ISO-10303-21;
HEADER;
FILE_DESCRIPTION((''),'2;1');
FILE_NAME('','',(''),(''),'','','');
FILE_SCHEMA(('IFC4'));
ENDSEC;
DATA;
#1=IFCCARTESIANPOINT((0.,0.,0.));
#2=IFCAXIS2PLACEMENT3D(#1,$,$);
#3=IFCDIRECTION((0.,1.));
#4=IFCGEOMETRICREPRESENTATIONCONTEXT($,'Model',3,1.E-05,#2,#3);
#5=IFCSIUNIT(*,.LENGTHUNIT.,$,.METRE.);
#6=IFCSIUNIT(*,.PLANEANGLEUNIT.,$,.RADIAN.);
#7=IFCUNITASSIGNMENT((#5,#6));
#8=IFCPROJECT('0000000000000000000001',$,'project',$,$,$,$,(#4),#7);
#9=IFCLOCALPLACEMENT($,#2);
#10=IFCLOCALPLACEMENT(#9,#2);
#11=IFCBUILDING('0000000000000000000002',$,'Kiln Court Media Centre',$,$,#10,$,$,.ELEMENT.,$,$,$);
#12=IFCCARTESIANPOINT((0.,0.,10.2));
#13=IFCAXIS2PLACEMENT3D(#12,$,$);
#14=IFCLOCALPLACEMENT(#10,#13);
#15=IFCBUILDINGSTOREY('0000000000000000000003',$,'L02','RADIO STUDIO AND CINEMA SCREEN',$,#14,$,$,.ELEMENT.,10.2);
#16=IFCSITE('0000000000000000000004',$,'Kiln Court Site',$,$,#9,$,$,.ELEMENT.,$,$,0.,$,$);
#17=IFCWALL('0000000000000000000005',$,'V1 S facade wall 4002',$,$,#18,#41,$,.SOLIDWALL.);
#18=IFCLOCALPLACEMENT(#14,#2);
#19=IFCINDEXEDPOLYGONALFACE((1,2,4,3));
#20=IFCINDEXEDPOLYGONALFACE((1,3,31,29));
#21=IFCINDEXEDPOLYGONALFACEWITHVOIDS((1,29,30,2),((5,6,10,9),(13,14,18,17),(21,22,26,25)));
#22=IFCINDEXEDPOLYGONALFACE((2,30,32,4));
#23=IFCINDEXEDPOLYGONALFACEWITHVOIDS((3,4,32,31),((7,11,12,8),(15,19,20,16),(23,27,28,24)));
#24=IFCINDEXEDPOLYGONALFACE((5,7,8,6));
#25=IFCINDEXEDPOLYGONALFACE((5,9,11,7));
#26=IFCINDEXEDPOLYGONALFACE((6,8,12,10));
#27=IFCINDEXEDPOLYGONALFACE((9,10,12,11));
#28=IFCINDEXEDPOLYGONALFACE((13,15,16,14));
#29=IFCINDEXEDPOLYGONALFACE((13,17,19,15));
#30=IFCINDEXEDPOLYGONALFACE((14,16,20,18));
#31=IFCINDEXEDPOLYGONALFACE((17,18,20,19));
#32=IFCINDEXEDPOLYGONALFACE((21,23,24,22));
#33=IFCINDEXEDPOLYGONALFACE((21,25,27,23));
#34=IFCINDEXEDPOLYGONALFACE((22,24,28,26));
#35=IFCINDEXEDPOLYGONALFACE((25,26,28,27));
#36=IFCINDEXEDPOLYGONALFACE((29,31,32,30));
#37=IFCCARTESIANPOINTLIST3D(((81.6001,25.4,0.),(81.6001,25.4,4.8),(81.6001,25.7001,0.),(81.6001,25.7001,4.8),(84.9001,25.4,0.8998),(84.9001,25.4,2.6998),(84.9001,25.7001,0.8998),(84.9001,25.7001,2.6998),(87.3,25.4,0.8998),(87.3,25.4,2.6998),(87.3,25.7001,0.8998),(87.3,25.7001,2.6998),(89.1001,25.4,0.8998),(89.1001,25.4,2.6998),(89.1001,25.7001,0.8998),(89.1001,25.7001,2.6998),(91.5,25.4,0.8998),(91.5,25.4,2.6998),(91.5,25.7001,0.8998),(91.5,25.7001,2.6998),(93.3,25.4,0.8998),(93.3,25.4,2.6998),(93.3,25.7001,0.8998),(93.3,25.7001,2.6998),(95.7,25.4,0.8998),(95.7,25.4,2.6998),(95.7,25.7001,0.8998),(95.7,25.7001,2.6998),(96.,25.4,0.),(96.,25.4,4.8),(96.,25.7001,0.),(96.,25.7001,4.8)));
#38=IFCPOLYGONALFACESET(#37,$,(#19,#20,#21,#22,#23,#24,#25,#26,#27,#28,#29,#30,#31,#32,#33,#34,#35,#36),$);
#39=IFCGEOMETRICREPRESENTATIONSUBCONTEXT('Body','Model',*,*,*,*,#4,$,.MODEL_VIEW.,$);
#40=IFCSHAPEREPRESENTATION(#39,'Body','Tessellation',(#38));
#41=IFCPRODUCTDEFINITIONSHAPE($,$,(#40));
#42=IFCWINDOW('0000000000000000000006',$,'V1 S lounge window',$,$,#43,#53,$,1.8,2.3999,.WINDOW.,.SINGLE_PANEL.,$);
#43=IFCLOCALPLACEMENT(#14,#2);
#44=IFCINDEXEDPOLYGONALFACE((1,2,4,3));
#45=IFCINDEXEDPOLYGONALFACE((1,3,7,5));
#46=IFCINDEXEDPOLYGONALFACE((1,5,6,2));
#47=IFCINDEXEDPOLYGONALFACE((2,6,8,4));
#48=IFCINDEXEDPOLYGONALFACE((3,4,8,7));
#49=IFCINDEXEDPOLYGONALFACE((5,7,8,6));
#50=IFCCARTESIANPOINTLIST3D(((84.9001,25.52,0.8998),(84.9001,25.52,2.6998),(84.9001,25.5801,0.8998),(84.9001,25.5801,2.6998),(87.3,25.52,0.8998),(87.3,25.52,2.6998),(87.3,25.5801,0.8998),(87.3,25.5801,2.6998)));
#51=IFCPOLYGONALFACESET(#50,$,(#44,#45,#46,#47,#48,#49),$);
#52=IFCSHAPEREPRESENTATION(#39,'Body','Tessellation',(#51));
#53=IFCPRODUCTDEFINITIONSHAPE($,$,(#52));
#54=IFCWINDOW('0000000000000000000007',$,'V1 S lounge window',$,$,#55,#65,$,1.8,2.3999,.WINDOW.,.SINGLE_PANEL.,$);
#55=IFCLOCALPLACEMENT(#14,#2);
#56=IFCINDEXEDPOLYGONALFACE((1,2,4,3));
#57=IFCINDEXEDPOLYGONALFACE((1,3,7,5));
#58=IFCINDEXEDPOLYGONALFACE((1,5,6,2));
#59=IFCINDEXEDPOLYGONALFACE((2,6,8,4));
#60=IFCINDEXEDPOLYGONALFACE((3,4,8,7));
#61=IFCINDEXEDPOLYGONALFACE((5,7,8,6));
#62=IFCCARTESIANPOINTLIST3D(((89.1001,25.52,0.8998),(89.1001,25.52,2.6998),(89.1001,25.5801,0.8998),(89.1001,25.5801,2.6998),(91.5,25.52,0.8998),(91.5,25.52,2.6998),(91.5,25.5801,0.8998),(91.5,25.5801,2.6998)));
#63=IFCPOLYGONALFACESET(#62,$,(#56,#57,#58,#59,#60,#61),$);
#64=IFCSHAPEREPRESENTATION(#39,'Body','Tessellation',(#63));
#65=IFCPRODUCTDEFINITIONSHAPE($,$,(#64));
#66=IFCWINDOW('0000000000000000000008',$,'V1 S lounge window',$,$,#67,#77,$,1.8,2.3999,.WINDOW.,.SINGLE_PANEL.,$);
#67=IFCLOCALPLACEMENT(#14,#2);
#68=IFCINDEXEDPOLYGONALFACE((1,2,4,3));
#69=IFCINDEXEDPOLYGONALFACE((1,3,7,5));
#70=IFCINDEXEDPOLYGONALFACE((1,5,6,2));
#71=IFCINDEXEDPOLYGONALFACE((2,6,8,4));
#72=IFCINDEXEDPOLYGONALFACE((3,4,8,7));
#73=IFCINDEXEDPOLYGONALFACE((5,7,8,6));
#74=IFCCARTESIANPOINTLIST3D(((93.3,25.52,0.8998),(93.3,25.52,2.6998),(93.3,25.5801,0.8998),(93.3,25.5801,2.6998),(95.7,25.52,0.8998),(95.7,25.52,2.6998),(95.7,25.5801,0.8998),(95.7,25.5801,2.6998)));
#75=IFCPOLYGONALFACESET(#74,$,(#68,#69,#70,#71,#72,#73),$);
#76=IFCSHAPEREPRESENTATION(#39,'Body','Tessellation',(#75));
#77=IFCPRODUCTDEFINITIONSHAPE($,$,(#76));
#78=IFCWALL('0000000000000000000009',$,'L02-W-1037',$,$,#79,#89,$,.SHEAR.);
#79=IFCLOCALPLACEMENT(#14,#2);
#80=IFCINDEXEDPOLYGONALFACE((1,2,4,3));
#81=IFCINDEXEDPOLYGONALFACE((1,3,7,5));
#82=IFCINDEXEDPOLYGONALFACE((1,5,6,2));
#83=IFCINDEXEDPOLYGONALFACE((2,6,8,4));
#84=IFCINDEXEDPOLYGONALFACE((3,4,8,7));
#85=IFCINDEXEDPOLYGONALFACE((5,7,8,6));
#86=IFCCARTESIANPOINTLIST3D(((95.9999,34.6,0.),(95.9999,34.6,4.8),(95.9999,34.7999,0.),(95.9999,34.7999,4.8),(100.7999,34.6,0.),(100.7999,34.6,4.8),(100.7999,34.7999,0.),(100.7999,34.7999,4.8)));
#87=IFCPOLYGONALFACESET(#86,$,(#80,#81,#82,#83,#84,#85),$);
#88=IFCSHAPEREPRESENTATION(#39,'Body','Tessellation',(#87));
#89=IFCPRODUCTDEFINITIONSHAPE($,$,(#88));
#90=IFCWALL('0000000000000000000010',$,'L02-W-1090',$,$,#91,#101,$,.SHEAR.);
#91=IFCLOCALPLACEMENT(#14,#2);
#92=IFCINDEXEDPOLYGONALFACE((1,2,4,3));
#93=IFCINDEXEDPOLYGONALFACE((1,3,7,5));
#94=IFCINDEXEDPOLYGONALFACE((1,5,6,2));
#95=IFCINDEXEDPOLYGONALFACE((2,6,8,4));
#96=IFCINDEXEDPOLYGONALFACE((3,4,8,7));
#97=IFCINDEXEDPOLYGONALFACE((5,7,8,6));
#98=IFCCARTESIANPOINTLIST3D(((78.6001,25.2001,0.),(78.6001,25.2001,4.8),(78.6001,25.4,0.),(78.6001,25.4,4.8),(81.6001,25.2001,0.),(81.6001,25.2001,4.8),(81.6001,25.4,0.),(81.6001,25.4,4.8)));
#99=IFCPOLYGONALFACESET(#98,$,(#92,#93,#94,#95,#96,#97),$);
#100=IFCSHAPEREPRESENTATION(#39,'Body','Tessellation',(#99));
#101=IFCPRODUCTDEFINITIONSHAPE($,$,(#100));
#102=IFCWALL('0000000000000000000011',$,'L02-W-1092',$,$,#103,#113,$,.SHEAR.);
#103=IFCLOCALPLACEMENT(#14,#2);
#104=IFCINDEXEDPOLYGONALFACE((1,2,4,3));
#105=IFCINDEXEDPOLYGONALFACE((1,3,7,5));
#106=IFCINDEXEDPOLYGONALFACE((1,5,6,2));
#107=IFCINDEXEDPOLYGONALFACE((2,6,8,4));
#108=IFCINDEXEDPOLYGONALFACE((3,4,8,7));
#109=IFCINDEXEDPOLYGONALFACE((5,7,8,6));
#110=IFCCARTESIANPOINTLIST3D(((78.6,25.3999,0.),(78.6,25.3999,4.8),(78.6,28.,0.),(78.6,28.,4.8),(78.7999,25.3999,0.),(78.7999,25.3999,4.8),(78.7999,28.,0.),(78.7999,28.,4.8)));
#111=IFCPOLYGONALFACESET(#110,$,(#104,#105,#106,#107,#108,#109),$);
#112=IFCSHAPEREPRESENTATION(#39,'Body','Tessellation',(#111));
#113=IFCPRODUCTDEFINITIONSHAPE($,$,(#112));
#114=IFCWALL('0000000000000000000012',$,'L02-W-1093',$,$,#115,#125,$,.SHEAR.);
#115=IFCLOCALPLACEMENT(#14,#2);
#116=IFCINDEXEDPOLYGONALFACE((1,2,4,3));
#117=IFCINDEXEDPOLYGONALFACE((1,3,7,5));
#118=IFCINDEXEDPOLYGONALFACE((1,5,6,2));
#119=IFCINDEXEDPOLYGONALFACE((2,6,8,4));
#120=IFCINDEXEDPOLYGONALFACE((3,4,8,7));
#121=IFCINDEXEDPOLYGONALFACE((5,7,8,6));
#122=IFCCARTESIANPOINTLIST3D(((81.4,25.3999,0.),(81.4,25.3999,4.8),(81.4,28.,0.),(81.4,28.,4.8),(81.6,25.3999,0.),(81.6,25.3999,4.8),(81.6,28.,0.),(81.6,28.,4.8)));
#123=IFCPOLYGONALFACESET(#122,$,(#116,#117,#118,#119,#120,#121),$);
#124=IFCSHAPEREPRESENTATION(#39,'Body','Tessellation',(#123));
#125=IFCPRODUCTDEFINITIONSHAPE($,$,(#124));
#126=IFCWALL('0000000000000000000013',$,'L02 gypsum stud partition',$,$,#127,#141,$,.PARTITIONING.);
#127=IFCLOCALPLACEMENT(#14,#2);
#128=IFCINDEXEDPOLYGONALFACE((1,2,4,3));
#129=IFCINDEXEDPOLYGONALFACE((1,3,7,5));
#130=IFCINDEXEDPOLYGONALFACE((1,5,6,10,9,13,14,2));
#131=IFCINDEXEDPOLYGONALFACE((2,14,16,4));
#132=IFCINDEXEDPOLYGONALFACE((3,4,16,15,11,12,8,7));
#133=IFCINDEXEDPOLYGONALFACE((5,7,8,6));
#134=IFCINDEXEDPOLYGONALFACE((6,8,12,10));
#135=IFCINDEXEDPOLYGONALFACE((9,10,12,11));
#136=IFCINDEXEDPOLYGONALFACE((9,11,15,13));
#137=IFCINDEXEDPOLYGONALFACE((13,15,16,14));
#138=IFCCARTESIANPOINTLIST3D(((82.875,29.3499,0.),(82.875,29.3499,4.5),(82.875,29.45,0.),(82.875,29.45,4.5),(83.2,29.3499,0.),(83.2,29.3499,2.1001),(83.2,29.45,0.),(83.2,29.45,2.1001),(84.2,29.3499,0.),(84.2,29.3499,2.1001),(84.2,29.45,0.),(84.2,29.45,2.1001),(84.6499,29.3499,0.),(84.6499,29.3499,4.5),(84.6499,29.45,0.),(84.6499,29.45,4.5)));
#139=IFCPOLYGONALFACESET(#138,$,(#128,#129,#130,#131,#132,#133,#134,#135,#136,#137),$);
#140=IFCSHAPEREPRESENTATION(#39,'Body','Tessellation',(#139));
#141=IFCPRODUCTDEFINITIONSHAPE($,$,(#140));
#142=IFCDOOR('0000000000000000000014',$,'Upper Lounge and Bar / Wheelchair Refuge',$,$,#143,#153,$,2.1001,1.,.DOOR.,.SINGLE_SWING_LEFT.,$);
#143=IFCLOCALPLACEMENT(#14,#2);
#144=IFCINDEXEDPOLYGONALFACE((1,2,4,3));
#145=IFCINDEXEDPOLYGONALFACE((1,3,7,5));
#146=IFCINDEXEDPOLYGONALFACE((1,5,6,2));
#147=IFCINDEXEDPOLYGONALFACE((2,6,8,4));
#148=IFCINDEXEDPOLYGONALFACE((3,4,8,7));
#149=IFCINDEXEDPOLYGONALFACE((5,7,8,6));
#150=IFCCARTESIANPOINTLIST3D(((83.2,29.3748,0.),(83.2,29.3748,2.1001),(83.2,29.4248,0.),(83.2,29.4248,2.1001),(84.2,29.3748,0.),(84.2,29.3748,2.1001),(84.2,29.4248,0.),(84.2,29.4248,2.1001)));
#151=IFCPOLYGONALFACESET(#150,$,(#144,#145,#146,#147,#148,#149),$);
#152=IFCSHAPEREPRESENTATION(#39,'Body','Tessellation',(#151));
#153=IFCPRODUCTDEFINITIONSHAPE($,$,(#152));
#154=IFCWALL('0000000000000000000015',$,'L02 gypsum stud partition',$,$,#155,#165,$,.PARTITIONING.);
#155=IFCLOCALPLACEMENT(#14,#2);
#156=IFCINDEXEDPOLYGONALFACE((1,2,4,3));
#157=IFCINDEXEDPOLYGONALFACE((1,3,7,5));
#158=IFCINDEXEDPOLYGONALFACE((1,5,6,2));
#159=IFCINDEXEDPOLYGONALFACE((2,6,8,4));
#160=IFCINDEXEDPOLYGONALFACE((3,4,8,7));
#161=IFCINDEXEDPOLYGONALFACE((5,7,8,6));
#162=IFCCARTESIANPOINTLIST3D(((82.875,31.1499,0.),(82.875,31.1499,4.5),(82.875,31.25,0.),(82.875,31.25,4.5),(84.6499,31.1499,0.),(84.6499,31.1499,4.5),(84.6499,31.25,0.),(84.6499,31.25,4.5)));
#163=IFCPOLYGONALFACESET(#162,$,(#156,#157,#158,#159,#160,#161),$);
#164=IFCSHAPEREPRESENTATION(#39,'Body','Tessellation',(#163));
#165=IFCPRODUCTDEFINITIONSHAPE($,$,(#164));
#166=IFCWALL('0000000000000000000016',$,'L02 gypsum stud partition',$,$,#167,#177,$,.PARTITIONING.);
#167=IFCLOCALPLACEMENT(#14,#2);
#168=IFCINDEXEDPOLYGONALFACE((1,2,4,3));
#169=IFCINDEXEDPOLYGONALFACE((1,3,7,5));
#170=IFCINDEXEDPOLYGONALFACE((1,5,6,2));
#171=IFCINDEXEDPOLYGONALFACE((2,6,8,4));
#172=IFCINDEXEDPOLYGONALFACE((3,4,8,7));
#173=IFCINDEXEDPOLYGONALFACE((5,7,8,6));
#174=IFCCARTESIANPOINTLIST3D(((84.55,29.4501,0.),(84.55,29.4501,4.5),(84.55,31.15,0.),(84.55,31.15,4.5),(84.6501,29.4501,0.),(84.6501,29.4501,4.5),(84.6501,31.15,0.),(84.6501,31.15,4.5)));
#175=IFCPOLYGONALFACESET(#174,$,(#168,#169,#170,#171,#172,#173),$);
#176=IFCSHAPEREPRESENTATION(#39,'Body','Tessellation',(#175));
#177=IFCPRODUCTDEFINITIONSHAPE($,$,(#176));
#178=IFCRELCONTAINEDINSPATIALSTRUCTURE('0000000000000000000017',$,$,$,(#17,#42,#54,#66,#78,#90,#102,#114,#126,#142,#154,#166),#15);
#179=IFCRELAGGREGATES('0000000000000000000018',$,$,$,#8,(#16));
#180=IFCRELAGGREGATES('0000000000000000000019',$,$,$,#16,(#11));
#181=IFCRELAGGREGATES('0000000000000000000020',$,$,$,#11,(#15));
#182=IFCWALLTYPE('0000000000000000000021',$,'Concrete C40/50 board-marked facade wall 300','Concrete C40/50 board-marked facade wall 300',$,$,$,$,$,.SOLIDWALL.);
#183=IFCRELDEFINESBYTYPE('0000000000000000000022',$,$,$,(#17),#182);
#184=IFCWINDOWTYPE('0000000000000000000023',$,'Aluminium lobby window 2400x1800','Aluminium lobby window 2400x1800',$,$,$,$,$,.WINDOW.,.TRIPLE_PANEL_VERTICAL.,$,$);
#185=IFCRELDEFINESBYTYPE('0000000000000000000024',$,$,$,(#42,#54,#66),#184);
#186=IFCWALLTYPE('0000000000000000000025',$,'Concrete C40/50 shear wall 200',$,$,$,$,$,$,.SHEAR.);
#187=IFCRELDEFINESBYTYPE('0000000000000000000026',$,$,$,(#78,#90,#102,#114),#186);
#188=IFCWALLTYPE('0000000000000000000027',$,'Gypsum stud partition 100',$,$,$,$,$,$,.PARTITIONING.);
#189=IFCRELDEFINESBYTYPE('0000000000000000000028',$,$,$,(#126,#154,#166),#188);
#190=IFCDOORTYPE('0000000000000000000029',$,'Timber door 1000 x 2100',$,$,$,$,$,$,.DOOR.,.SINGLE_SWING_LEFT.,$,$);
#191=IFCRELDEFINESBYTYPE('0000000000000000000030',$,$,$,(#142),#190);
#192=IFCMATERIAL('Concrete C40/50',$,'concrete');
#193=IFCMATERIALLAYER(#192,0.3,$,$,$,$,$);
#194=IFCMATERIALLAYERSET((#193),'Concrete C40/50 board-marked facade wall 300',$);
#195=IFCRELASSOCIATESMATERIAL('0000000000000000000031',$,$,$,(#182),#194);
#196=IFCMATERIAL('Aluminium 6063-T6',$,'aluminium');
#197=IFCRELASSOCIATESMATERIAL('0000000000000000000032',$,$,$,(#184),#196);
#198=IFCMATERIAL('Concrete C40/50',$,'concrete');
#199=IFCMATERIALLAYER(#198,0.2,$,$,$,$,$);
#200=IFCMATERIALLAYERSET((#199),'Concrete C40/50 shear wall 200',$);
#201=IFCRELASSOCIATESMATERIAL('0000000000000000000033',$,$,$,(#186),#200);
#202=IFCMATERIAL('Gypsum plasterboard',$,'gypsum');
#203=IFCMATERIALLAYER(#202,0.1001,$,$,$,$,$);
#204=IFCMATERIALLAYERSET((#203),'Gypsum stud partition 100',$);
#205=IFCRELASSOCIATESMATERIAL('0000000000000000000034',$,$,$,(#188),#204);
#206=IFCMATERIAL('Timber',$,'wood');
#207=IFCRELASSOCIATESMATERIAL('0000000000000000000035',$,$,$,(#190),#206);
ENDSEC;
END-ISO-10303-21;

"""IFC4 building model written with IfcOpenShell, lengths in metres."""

from ifc_helpers import new_model, si_unit, direction, frame, frame_2d, origin, place, context, subcontext, project, spatial, rectangle, extrude, material, layer, layer_set, type_object, element, fill, save


model = new_model("IFC4")

# Units and contexts
model_context = context("Model", 3, precision=1e-05, world=origin(), true_north=direction((0.0, 1.0)))
body_context = subcontext(model_context, "Body", "Model", "MODEL_VIEW")
ifc_project = project(units=[si_unit("LENGTHUNIT", "METRE"), si_unit("PLANEANGLEUNIT", "RADIAN")], contexts=[model_context])

# Site, building, storey
site_placement = place(None, origin())
site = spatial("IfcSite", under=ifc_project, at=site_placement, Name="Kiln Court Site", CompositionType="ELEMENT", RefElevation=0.0)
building_placement = place(site_placement, origin())
building = spatial("IfcBuilding", under=site, at=building_placement, Name="Kiln Court Media Centre", CompositionType="ELEMENT")
storey_placement = place(building_placement, frame((0.0, 0.0, 10.2)))
storey = spatial("IfcBuildingStorey", under=building, at=storey_placement, Name="L02", Description="RADIO STUDIO AND CINEMA SCREEN", CompositionType="ELEMENT", Elevation=10.2)

# Wall, openings, windows
ifc_material_1 = material(Name="Concrete C40/50", Category="concrete")
ifc_layer_1 = layer(ifc_material_1, 0.3)
ifc_layer_set_1 = layer_set([ifc_layer_1], Name="Concrete C40/50 board-marked facade wall 300")
wall_type_1 = type_object("IfcWallType", Name="Concrete C40/50 board-marked facade wall 300", Description="Concrete C40/50 board-marked facade wall 300", PredefinedType="SOLIDWALL", material=ifc_layer_set_1)
wall_1_placement = place(storey_placement, frame((96.0, 25.55, 0.0), z_axis=(0.0, 0.0, 1.0), x_axis=(-1.0, 0.0, 0.0)))
wall_1 = element("IfcWall", 1, at=wall_1_placement, inside=storey, type_object=wall_type_1, Name="V1 S facade wall 4002", PredefinedType="SOLIDWALL", context=body_context, shape_type="SweptSolid", body=[
    extrude(rectangle(XDim=14.3999, YDim=0.3, at=frame_2d((7.2, 0.0))), origin(), (0.0, 0.0, 1.0), 4.8),
])
opening_1_placement = place(wall_1_placement, frame((8.7, 0.0, 0.8999)))
opening_1 = element("IfcOpeningElement", 2, at=opening_1_placement, cuts=wall_1, PredefinedType="OPENING", context=body_context, shape_type="SweptSolid", body=[
    extrude(rectangle(XDim=2.3999, YDim=1.8, at=frame_2d((1.2, 0.8999))), frame((0.0, 0.1599, 0.0), z_axis=(0.0, -1.0, 0.0), x_axis=(1.0, 0.0, 0.0)), (0.0, 0.0, 1.0), 0.3201),
])
opening_2_placement = place(wall_1_placement, frame((4.5, 0.0, 0.8999)))
opening_2 = element("IfcOpeningElement", 3, at=opening_2_placement, cuts=wall_1, PredefinedType="OPENING", context=body_context, shape_type="SweptSolid", body=[
    extrude(rectangle(XDim=2.3999, YDim=1.8, at=frame_2d((1.2, 0.8999))), frame((0.0, 0.1599, 0.0), z_axis=(0.0, -1.0, 0.0), x_axis=(1.0, 0.0, 0.0)), (0.0, 0.0, 1.0), 0.3201),
])
opening_3_placement = place(wall_1_placement, frame((0.3, 0.0, 0.8999)))
opening_3 = element("IfcOpeningElement", 4, at=opening_3_placement, cuts=wall_1, PredefinedType="OPENING", context=body_context, shape_type="SweptSolid", body=[
    extrude(rectangle(XDim=2.3999, YDim=1.8, at=frame_2d((1.2, 0.8999))), frame((0.0, 0.1599, 0.0), z_axis=(0.0, -1.0, 0.0), x_axis=(1.0, 0.0, 0.0)), (0.0, 0.0, 1.0), 0.3201),
])
ifc_material_2 = material(Name="Aluminium 6063-T6", Category="aluminium")
window_type = type_object("IfcWindowType", Name="Aluminium lobby window 2400x1800", Description="Aluminium lobby window 2400x1800", PartitioningType="TRIPLE_PANEL_VERTICAL", PredefinedType="WINDOW", material=ifc_material_2)
window_1_placement = place(opening_1_placement, origin())
window_1 = element("IfcWindow", 5, at=window_1_placement, inside=storey, type_object=window_type, Name="V1 S lounge window", OverallHeight=1.8, OverallWidth=2.3999, PartitioningType="SINGLE_PANEL", PredefinedType="WINDOW", context=body_context, shape_type="SweptSolid", body=[
    extrude(rectangle(XDim=2.3999, YDim=1.8, at=frame_2d((1.2, 0.8999))), frame((0.0, 0.03, 0.0), z_axis=(0.0, -1.0, 0.0), x_axis=(1.0, 0.0, 0.0)), (0.0, 0.0, 1.0), 0.0601),
])
fill(opening_1, window_1)
window_2_placement = place(opening_2_placement, origin())
window_2 = element("IfcWindow", 6, at=window_2_placement, inside=storey, type_object=window_type, Name="V1 S lounge window", OverallHeight=1.8, OverallWidth=2.3999, PartitioningType="SINGLE_PANEL", PredefinedType="WINDOW", context=body_context, shape_type="SweptSolid", body=[
    extrude(rectangle(XDim=2.3999, YDim=1.8, at=frame_2d((1.2, 0.8999))), frame((0.0, 0.03, 0.0), z_axis=(0.0, -1.0, 0.0), x_axis=(1.0, 0.0, 0.0)), (0.0, 0.0, 1.0), 0.0601),
])
fill(opening_2, window_2)
window_3_placement = place(opening_3_placement, origin())
window_3 = element("IfcWindow", 7, at=window_3_placement, inside=storey, type_object=window_type, Name="V1 S lounge window", OverallHeight=1.8, OverallWidth=2.3999, PartitioningType="SINGLE_PANEL", PredefinedType="WINDOW", context=body_context, shape_type="SweptSolid", body=[
    extrude(rectangle(XDim=2.3999, YDim=1.8, at=frame_2d((1.2, 0.8999))), frame((0.0, 0.03, 0.0), z_axis=(0.0, -1.0, 0.0), x_axis=(1.0, 0.0, 0.0)), (0.0, 0.0, 1.0), 0.0601),
])
fill(opening_3, window_3)

# Walls
ifc_material_3 = material(Name="Concrete C40/50", Category="concrete")
ifc_layer_2 = layer(ifc_material_3, 0.2)
ifc_layer_set_2 = layer_set([ifc_layer_2], Name="Concrete C40/50 shear wall 200")
wall_type_2 = type_object("IfcWallType", Name="Concrete C40/50 shear wall 200", PredefinedType="SHEAR", material=ifc_layer_set_2)
wall_2_placement = place(storey_placement, frame((96.0, 34.7, 0.0), z_axis=(0.0, 0.0, 1.0), x_axis=(1.0, 0.0, 0.0)))
element("IfcWall", 8, at=wall_2_placement, inside=storey, type_object=wall_type_2, Name="L02-W-1037", PredefinedType="SHEAR", context=body_context, shape_type="SweptSolid", body=[
    extrude(rectangle(XDim=4.8, YDim=0.2, at=frame_2d((2.3999, 0.0))), origin(), (0.0, 0.0, 1.0), 4.8),
])
wall_3_placement = place(storey_placement, frame((81.6001, 25.3, 0.0), z_axis=(0.0, 0.0, 1.0), x_axis=(-1.0, 0.0, 0.0)))
element("IfcWall", 9, at=wall_3_placement, inside=storey, type_object=wall_type_2, Name="L02-W-1090", PredefinedType="SHEAR", context=body_context, shape_type="SweptSolid", body=[
    extrude(rectangle(XDim=3.0, YDim=0.2, at=frame_2d((1.5, 0.0))), origin(), (0.0, 0.0, 1.0), 4.8),
])
for number, where, z_axis, x_axis, name in (
    (10, (78.7, 25.3999, 0.0), (0.0, 0.0, 1.0), (0.0, 1.0, 0.0), "L02-W-1092"),
    (11, (81.5, 28.0, 0.0), (0.0, 0.0, 1.0), (0.0, -1.0, 0.0), "L02-W-1093"),
):
    element("IfcWall", number, at=place(storey_placement, frame(where, z_axis=z_axis, x_axis=x_axis)), inside=storey, type_object=wall_type_2, Name=name, PredefinedType="SHEAR", context=body_context, shape_type="SweptSolid", body=[
        extrude(rectangle(XDim=2.6001, YDim=0.2, at=frame_2d((1.3, 0.0))), origin(), (0.0, 0.0, 1.0), 4.8),
    ])

# Wall, opening, door
ifc_material_4 = material(Name="Gypsum plasterboard", Category="gypsum")
ifc_layer_3 = layer(ifc_material_4, 0.1001)
ifc_layer_set_3 = layer_set([ifc_layer_3], Name="Gypsum stud partition 100")
wall_type_3 = type_object("IfcWallType", Name="Gypsum stud partition 100", PredefinedType="PARTITIONING", material=ifc_layer_set_3)
wall_4_placement = place(storey_placement, frame((82.875, 29.3999, 0.0), z_axis=(0.0, 0.0, 1.0), x_axis=(1.0, 0.0, 0.0)))
wall_4 = element("IfcWall", 12, at=wall_4_placement, inside=storey, type_object=wall_type_3, Name="L02 gypsum stud partition", PredefinedType="PARTITIONING", context=body_context, shape_type="SweptSolid", body=[
    extrude(rectangle(XDim=1.7749, YDim=0.1001, at=frame_2d((0.8875, 0.0))), origin(), (0.0, 0.0, 1.0), 4.5),
])
opening_4_placement = place(wall_4_placement, frame((0.325, 0.0, 0.0)))
opening_4 = element("IfcOpeningElement", 13, at=opening_4_placement, cuts=wall_4, PredefinedType="OPENING", context=body_context, shape_type="SweptSolid", body=[
    extrude(rectangle(XDim=1.0, YDim=2.1001, at=frame_2d((0.5, 1.05))), frame((0.0, 0.0601, 0.0), z_axis=(0.0, -1.0, 0.0), x_axis=(1.0, 0.0, 0.0)), (0.0, 0.0, 1.0), 0.1201),
])
ifc_material_5 = material(Name="Timber", Category="wood")
door_type = type_object("IfcDoorType", Name="Timber door 1000 x 2100", OperationType="SINGLE_SWING_LEFT", PredefinedType="DOOR", material=ifc_material_5)
door_placement = place(opening_4_placement, origin())
door = element("IfcDoor", 14, at=door_placement, inside=storey, type_object=door_type, Name="Upper Lounge and Bar / Wheelchair Refuge", OperationType="SINGLE_SWING_LEFT", OverallHeight=2.1001, OverallWidth=1.0, PredefinedType="DOOR", context=body_context, shape_type="SweptSolid", body=[
    extrude(rectangle(XDim=1.0, YDim=2.1001, at=frame_2d((0.5, 1.05))), frame((0.0, 0.0249, 0.0), z_axis=(0.0, -1.0, 0.0), x_axis=(1.0, 0.0, 0.0)), (0.0, 0.0, 1.0), 0.05),
])
fill(opening_4, door)

# Walls
wall_5_placement = place(storey_placement, frame((82.875, 31.2, 0.0), z_axis=(0.0, 0.0, 1.0), x_axis=(1.0, 0.0, 0.0)))
element("IfcWall", 15, at=wall_5_placement, inside=storey, type_object=wall_type_3, Name="L02 gypsum stud partition", PredefinedType="PARTITIONING", context=body_context, shape_type="SweptSolid", body=[
    extrude(rectangle(XDim=1.7749, YDim=0.1001, at=frame_2d((0.8875, 0.0))), origin(), (0.0, 0.0, 1.0), 4.5),
])
wall_6_placement = place(storey_placement, frame((84.6001, 29.45, 0.0), z_axis=(0.0, 0.0, 1.0), x_axis=(0.0, 1.0, 0.0)))
element("IfcWall", 16, at=wall_6_placement, inside=storey, type_object=wall_type_3, Name="L02 gypsum stud partition", PredefinedType="PARTITIONING", context=body_context, shape_type="SweptSolid", body=[
    extrude(rectangle(XDim=1.7, YDim=0.1001, at=frame_2d((0.8501, 0.0))), origin(), (0.0, 0.0, 1.0), 4.5),
])

save(model, "model.ifc")
